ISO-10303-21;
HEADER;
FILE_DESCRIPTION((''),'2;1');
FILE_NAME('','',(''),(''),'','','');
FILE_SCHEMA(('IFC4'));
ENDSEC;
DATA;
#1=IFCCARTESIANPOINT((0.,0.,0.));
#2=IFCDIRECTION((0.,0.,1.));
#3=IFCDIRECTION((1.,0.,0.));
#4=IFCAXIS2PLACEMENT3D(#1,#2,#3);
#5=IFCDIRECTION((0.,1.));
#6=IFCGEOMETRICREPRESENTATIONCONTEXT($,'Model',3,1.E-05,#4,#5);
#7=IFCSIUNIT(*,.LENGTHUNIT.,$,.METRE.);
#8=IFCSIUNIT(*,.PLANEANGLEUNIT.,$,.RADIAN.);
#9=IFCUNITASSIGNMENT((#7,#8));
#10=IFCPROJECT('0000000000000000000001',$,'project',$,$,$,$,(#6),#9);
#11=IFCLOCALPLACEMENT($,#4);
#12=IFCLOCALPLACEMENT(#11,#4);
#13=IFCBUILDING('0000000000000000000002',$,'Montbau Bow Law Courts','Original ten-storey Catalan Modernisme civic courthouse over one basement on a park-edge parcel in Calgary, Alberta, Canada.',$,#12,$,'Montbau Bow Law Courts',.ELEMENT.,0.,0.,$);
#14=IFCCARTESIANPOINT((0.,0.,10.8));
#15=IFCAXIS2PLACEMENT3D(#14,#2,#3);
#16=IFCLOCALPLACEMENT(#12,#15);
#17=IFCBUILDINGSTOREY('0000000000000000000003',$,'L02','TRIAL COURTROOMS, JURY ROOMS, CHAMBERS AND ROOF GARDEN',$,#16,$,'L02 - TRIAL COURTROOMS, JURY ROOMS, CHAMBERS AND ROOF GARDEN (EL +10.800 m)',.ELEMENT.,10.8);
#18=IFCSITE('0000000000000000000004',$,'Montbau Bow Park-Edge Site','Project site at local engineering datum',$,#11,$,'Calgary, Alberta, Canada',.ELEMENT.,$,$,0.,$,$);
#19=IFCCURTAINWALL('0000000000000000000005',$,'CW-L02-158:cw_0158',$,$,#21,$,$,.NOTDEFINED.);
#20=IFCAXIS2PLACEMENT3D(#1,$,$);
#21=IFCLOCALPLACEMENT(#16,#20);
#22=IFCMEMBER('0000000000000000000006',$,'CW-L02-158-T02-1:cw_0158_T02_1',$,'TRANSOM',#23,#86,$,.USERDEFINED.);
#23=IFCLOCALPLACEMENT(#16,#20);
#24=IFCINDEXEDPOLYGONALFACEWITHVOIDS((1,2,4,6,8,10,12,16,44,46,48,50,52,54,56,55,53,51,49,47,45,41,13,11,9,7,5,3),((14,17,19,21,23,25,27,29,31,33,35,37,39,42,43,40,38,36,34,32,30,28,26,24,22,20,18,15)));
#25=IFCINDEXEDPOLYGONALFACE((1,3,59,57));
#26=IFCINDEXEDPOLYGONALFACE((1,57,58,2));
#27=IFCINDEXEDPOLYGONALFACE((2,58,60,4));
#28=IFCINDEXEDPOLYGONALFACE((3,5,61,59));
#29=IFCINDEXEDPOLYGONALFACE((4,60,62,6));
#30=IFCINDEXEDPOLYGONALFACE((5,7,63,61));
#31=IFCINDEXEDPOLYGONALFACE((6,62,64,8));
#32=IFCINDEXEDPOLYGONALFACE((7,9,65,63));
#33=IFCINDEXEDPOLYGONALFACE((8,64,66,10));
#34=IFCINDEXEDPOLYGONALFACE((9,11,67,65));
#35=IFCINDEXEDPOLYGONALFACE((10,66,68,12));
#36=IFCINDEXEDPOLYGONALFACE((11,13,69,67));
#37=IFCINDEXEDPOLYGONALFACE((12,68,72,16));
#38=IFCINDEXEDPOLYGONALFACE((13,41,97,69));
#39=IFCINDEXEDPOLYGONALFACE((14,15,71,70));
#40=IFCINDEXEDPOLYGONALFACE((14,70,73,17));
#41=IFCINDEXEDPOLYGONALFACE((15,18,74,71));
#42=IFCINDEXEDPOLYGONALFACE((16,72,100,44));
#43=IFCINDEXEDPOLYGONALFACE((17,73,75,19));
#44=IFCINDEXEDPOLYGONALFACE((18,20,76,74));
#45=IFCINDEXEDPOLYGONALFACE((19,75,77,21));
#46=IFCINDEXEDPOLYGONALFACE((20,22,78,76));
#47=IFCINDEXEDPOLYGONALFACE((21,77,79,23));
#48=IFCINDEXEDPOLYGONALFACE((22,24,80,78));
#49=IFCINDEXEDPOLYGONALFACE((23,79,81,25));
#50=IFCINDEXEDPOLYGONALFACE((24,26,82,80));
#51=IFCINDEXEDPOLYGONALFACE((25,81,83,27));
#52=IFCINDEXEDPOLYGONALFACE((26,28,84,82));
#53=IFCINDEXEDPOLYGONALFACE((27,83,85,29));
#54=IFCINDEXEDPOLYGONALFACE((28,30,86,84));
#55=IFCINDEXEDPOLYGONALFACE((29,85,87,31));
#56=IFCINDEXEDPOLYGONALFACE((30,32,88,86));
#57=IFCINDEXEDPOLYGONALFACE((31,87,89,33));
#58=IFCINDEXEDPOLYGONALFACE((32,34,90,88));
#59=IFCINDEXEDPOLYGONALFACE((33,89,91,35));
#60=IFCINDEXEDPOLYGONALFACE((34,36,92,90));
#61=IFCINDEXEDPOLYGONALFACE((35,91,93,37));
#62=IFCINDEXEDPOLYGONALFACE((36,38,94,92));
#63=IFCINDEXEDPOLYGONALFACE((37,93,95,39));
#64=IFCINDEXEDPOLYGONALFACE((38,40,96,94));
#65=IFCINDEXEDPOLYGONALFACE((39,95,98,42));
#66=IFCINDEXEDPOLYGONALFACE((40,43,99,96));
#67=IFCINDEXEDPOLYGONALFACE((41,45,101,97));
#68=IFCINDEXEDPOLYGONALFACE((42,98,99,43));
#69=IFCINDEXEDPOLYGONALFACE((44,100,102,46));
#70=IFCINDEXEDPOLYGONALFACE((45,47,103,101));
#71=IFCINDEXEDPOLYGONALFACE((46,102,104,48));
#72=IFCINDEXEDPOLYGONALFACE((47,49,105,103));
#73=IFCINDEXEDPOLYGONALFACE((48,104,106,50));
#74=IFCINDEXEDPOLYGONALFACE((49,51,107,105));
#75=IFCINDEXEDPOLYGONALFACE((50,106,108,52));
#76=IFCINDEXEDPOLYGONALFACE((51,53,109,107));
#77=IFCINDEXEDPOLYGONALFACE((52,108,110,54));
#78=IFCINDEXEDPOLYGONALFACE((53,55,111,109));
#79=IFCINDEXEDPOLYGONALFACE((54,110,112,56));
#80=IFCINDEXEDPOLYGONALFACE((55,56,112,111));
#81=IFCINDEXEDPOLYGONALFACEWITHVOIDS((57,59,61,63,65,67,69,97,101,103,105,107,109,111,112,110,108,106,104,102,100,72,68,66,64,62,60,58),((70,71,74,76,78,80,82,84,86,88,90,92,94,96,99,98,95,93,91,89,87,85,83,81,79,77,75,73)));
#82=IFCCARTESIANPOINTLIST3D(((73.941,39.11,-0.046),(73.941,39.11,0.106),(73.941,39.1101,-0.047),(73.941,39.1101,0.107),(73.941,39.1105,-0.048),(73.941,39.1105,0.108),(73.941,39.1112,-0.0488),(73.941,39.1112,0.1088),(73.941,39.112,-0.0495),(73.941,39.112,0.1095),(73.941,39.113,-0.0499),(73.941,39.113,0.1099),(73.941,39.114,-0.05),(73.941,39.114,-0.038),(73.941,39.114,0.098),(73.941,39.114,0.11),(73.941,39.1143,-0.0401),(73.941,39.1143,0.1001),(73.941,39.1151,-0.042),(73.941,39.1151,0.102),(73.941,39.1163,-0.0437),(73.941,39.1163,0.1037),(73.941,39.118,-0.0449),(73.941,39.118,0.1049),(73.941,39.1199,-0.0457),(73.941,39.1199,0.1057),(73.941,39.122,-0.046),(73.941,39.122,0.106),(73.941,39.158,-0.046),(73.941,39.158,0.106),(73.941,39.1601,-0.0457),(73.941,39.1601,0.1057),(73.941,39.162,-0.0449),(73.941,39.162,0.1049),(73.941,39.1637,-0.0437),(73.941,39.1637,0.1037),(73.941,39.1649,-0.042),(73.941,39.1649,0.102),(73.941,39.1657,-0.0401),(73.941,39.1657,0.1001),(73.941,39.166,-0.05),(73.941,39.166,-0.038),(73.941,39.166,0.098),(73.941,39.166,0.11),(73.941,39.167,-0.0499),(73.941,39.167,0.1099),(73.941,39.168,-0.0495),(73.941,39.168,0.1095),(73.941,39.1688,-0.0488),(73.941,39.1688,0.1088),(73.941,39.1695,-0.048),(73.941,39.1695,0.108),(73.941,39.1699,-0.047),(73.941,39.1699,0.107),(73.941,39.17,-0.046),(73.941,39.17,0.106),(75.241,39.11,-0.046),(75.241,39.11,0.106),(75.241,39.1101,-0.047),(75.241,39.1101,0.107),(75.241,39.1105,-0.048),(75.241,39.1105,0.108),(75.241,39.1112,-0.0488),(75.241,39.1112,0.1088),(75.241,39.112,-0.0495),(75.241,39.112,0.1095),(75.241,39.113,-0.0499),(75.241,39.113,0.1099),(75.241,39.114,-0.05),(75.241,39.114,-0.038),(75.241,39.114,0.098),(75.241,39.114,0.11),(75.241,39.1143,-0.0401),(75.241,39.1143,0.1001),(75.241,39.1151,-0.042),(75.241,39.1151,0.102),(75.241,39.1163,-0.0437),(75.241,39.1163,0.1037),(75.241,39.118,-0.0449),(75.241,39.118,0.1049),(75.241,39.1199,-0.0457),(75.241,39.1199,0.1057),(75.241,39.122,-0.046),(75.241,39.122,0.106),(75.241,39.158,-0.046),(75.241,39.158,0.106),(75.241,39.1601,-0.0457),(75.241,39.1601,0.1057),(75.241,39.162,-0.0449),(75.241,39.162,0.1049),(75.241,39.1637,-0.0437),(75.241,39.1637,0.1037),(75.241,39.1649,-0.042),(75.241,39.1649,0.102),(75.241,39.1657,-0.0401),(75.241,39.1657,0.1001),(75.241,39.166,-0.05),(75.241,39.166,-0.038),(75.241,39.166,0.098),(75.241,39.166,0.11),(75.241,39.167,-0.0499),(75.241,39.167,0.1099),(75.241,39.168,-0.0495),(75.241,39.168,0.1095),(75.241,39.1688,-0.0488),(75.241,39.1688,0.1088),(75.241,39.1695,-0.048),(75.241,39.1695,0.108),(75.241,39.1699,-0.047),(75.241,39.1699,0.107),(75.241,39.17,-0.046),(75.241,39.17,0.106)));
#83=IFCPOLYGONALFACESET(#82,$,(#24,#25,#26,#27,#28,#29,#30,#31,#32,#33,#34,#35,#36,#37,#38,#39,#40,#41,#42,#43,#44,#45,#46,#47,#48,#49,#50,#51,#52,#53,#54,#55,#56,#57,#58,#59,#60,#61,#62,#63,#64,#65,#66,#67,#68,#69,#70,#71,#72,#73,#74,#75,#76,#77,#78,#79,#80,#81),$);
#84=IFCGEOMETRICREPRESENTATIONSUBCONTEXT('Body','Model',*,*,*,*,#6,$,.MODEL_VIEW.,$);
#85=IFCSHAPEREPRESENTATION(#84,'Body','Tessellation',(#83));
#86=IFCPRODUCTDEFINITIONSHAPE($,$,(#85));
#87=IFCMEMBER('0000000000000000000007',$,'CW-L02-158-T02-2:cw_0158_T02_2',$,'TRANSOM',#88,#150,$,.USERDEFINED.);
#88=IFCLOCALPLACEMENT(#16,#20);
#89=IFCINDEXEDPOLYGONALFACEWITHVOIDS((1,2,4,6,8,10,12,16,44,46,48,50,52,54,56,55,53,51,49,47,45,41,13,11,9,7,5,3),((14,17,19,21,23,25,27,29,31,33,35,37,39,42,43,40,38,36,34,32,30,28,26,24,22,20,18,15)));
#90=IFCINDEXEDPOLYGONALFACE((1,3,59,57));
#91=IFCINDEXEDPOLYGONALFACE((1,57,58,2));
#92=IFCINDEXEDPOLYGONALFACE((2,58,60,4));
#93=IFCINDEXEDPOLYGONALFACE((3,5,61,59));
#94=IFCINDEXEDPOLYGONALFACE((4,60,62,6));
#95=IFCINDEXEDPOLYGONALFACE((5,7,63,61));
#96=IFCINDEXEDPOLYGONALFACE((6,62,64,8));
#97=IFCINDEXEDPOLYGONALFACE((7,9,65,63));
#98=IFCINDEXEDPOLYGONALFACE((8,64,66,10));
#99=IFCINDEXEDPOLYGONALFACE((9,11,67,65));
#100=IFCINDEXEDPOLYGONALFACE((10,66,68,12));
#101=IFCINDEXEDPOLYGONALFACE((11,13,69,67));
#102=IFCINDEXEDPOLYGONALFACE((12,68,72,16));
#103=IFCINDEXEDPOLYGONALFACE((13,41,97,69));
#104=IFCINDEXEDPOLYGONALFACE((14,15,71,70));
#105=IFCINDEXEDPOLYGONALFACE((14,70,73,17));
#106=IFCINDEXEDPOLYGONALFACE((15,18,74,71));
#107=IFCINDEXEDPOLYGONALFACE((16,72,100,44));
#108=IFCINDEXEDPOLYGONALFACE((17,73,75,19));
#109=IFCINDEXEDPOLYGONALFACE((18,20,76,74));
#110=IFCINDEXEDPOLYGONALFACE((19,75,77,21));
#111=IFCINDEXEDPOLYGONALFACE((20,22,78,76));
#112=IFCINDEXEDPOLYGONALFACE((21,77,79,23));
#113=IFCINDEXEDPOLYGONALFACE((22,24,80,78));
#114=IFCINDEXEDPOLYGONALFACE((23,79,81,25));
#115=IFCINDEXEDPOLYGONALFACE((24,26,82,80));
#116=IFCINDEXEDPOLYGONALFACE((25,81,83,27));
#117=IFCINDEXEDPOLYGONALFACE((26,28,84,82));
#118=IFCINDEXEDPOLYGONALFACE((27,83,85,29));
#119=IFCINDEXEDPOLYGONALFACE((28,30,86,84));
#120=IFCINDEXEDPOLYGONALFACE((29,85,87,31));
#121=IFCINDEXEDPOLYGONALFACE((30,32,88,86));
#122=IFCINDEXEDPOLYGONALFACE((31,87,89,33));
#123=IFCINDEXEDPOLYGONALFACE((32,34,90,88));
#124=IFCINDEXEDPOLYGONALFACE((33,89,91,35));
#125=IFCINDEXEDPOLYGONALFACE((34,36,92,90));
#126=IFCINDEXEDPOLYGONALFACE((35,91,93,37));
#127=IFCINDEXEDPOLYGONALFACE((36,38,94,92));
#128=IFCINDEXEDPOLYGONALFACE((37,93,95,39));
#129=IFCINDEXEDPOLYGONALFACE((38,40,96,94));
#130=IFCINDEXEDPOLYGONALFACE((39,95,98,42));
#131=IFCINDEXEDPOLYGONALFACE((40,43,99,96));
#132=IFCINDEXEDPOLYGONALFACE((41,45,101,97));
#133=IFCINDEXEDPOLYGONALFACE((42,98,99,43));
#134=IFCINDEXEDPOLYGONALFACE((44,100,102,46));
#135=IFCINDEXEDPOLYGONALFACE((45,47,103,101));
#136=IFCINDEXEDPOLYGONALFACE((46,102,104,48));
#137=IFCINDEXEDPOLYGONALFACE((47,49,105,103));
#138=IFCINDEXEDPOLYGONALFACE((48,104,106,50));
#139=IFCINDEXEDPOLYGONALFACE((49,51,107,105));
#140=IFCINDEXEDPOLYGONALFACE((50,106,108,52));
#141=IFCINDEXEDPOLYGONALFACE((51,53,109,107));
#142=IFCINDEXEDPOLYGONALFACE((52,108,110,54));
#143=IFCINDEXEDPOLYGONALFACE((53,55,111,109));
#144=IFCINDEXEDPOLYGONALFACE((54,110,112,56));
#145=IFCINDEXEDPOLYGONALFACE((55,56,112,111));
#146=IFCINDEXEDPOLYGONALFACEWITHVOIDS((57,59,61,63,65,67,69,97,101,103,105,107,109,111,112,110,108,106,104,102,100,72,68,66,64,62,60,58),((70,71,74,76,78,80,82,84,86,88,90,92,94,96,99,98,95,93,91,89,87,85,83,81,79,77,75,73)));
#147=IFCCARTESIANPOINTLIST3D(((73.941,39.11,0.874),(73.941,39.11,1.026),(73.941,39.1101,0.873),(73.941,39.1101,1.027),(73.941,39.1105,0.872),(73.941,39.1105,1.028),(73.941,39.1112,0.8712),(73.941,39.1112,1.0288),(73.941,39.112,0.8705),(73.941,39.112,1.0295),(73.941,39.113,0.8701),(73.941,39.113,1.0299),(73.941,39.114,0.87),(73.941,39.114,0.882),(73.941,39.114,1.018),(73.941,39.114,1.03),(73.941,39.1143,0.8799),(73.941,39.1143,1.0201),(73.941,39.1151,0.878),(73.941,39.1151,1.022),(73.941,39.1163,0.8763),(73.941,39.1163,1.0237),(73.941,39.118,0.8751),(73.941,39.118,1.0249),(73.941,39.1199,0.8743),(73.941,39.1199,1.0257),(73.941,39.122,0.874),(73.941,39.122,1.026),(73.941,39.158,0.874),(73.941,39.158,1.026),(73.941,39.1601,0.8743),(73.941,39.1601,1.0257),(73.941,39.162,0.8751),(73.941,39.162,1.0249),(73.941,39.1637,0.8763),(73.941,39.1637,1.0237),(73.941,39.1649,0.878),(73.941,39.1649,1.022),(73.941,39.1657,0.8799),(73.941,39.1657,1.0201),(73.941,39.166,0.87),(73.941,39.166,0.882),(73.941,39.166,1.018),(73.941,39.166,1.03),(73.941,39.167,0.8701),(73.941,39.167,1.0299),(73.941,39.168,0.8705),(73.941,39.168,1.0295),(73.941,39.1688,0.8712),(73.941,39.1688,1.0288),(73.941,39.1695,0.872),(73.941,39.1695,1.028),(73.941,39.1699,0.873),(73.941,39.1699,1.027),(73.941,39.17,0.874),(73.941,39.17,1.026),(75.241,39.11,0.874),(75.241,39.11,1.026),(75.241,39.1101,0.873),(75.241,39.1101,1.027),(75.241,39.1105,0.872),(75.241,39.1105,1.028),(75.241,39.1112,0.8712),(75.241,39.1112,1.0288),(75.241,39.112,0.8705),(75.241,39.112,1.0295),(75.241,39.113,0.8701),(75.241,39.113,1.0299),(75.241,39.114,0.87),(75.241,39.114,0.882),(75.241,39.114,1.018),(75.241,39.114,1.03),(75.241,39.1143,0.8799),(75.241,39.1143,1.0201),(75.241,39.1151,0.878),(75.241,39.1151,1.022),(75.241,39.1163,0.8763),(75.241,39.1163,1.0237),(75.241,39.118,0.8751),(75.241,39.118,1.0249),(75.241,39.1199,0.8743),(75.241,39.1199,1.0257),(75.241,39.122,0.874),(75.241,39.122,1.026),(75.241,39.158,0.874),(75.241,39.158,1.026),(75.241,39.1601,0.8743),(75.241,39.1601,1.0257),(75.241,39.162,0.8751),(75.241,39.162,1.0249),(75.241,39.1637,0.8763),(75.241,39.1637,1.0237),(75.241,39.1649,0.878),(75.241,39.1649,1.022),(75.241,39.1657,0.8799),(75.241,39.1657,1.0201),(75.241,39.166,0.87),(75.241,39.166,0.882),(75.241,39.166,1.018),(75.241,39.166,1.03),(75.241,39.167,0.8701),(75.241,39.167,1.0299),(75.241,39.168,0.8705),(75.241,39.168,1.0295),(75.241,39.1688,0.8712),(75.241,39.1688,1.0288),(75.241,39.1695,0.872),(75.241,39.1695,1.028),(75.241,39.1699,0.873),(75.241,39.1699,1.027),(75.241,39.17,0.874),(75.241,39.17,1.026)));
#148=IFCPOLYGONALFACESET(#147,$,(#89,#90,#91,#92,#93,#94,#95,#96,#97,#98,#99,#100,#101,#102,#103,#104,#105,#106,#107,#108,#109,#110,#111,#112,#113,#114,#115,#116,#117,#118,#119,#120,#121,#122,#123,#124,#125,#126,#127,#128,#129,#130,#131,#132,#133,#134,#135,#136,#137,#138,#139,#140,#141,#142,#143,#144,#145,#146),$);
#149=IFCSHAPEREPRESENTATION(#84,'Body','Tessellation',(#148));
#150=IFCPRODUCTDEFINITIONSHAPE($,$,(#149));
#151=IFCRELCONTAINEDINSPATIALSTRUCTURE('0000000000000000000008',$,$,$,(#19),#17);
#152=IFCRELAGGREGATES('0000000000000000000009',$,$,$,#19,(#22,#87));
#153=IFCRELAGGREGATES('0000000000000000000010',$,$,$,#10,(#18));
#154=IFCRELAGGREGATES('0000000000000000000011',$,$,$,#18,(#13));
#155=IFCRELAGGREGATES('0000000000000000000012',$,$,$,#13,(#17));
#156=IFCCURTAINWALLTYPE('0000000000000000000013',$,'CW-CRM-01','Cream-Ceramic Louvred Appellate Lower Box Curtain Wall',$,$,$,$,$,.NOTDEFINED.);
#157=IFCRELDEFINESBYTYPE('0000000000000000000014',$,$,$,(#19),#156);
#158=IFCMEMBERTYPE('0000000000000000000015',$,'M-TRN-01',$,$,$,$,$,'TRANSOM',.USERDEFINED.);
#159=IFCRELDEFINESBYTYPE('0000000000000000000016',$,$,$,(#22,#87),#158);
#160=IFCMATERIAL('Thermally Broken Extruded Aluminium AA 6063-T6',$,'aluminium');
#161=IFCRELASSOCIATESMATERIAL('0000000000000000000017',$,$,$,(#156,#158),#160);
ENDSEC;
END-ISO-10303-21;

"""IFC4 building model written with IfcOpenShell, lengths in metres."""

from ifc_helpers import new_model, si_unit, direction, frame, origin_with_axes, origin_2d_with_axis, place, context, subcontext, project, spatial, hollow_rectangle, extrude, material, material_profile, profile_set, type_object, element, aggregate, save


model = new_model("IFC4")

# Units and contexts
model_context = context("Model", 3, precision=1e-05, world=origin_with_axes(), true_north=direction((0.0, 1.0)))
body_context = subcontext(model_context, "Body", "Model", "MODEL_VIEW")
ifc_project = project(units=[si_unit("LENGTHUNIT", "METRE"), si_unit("PLANEANGLEUNIT", "RADIAN")], contexts=[model_context])

# Site, building, storey
site_placement = place(None, origin_with_axes())
site = spatial("IfcSite", under=ifc_project, at=site_placement, Name="Montbau Bow Park-Edge Site", Description="Project site at local engineering datum", LongName="Calgary, Alberta, Canada", CompositionType="ELEMENT", RefElevation=0.0)
building_placement = place(site_placement, origin_with_axes())
building = spatial("IfcBuilding", under=site, at=building_placement, Name="Montbau Bow Law Courts", Description="Original ten-storey Catalan Modernisme civic courthouse over one basement on a park-edge parcel in Calgary, Alberta, Canada.", LongName="Montbau Bow Law Courts", CompositionType="ELEMENT", ElevationOfRefHeight=0.0, ElevationOfTerrain=0.0)
storey_placement = place(building_placement, frame((0.0, 0.0, 10.8), z_axis=(0.0, 0.0, 1.0), x_axis=(1.0, 0.0, 0.0)))
storey = spatial("IfcBuildingStorey", under=building, at=storey_placement, Name="L02", Description="TRIAL COURTROOMS, JURY ROOMS, CHAMBERS AND ROOF GARDEN", LongName="L02 - TRIAL COURTROOMS, JURY ROOMS, CHAMBERS AND ROOF GARDEN (EL +10.800 m)", CompositionType="ELEMENT", Elevation=10.8)

# Curtain wall
ifc_material_1 = material(Name="Thermally Broken Extruded Aluminium AA 6063-T6", Category="aluminium")
curtain_wall_type = type_object("IfcCurtainWallType", Name="CW-CRM-01", Description="Cream-Ceramic Louvred Appellate Lower Box Curtain Wall", PredefinedType="NOTDEFINED", material=ifc_material_1)
curtain_wall_placement = place(None, frame((72.515, 39.14, 10.8), z_axis=(0.0, 0.0, 1.0), x_axis=(1.0, 0.0, 0.0)))
curtain_wall = element("IfcCurtainWall", 1, at=curtain_wall_placement, inside=storey, type_object=curtain_wall_type, Name="CW-L02-158:cw_0158", PredefinedType="NOTDEFINED")

# Members
ifc_material_profile_1 = material_profile(ifc_material_1, hollow_rectangle(XDim=0.06, YDim=0.16, WallThickness=0.004, InnerFilletRadius=0.008, OuterFilletRadius=0.004, at=origin_2d_with_axis()), Name="CWT-160X60", Category="Main", Priority=0)
ifc_profile_set_1 = profile_set([ifc_material_profile_1], Name="Thermally Broken Extruded Aluminium AA 6063-T6")
member_type_1 = type_object("IfcMemberType", Name="M-TRN-01", ElementType="TRANSOM", PredefinedType="USERDEFINED", material=ifc_profile_set_1)
member_1_placement = place(None, frame((73.941, 39.14, 10.83), z_axis=(1.0, 0.0, 0.0), x_axis=(0.0, 1.0, 0.0)))
member_1 = element("IfcMember", 2, at=member_1_placement, type_object=member_type_1, Name="CW-L02-158-T02-1:cw_0158_T02_1", ObjectType="TRANSOM", PredefinedType="USERDEFINED", context=body_context, shape_type="SweptSolid", body=[
    extrude(hollow_rectangle(XDim=0.06, YDim=0.16, WallThickness=0.004, InnerFilletRadius=0.008, OuterFilletRadius=0.004, at=origin_2d_with_axis()), origin_with_axes(), (0.0, 0.0, 1.0), 1.3),
])
member_2_placement = place(None, frame((73.941, 39.14, 11.75), z_axis=(1.0, 0.0, 0.0), x_axis=(0.0, 1.0, 0.0)))
member_2 = element("IfcMember", 3, at=member_2_placement, type_object=member_type_1, Name="CW-L02-158-T02-2:cw_0158_T02_2", ObjectType="TRANSOM", PredefinedType="USERDEFINED", context=body_context, shape_type="SweptSolid", body=[
    extrude(hollow_rectangle(XDim=0.06, YDim=0.16, WallThickness=0.004, InnerFilletRadius=0.008, OuterFilletRadius=0.004, at=origin_2d_with_axis()), origin_with_axes(), (0.0, 0.0, 1.0), 1.3),
])

aggregate(curtain_wall, [member_1, member_2])

save(model, "model.ifc")
